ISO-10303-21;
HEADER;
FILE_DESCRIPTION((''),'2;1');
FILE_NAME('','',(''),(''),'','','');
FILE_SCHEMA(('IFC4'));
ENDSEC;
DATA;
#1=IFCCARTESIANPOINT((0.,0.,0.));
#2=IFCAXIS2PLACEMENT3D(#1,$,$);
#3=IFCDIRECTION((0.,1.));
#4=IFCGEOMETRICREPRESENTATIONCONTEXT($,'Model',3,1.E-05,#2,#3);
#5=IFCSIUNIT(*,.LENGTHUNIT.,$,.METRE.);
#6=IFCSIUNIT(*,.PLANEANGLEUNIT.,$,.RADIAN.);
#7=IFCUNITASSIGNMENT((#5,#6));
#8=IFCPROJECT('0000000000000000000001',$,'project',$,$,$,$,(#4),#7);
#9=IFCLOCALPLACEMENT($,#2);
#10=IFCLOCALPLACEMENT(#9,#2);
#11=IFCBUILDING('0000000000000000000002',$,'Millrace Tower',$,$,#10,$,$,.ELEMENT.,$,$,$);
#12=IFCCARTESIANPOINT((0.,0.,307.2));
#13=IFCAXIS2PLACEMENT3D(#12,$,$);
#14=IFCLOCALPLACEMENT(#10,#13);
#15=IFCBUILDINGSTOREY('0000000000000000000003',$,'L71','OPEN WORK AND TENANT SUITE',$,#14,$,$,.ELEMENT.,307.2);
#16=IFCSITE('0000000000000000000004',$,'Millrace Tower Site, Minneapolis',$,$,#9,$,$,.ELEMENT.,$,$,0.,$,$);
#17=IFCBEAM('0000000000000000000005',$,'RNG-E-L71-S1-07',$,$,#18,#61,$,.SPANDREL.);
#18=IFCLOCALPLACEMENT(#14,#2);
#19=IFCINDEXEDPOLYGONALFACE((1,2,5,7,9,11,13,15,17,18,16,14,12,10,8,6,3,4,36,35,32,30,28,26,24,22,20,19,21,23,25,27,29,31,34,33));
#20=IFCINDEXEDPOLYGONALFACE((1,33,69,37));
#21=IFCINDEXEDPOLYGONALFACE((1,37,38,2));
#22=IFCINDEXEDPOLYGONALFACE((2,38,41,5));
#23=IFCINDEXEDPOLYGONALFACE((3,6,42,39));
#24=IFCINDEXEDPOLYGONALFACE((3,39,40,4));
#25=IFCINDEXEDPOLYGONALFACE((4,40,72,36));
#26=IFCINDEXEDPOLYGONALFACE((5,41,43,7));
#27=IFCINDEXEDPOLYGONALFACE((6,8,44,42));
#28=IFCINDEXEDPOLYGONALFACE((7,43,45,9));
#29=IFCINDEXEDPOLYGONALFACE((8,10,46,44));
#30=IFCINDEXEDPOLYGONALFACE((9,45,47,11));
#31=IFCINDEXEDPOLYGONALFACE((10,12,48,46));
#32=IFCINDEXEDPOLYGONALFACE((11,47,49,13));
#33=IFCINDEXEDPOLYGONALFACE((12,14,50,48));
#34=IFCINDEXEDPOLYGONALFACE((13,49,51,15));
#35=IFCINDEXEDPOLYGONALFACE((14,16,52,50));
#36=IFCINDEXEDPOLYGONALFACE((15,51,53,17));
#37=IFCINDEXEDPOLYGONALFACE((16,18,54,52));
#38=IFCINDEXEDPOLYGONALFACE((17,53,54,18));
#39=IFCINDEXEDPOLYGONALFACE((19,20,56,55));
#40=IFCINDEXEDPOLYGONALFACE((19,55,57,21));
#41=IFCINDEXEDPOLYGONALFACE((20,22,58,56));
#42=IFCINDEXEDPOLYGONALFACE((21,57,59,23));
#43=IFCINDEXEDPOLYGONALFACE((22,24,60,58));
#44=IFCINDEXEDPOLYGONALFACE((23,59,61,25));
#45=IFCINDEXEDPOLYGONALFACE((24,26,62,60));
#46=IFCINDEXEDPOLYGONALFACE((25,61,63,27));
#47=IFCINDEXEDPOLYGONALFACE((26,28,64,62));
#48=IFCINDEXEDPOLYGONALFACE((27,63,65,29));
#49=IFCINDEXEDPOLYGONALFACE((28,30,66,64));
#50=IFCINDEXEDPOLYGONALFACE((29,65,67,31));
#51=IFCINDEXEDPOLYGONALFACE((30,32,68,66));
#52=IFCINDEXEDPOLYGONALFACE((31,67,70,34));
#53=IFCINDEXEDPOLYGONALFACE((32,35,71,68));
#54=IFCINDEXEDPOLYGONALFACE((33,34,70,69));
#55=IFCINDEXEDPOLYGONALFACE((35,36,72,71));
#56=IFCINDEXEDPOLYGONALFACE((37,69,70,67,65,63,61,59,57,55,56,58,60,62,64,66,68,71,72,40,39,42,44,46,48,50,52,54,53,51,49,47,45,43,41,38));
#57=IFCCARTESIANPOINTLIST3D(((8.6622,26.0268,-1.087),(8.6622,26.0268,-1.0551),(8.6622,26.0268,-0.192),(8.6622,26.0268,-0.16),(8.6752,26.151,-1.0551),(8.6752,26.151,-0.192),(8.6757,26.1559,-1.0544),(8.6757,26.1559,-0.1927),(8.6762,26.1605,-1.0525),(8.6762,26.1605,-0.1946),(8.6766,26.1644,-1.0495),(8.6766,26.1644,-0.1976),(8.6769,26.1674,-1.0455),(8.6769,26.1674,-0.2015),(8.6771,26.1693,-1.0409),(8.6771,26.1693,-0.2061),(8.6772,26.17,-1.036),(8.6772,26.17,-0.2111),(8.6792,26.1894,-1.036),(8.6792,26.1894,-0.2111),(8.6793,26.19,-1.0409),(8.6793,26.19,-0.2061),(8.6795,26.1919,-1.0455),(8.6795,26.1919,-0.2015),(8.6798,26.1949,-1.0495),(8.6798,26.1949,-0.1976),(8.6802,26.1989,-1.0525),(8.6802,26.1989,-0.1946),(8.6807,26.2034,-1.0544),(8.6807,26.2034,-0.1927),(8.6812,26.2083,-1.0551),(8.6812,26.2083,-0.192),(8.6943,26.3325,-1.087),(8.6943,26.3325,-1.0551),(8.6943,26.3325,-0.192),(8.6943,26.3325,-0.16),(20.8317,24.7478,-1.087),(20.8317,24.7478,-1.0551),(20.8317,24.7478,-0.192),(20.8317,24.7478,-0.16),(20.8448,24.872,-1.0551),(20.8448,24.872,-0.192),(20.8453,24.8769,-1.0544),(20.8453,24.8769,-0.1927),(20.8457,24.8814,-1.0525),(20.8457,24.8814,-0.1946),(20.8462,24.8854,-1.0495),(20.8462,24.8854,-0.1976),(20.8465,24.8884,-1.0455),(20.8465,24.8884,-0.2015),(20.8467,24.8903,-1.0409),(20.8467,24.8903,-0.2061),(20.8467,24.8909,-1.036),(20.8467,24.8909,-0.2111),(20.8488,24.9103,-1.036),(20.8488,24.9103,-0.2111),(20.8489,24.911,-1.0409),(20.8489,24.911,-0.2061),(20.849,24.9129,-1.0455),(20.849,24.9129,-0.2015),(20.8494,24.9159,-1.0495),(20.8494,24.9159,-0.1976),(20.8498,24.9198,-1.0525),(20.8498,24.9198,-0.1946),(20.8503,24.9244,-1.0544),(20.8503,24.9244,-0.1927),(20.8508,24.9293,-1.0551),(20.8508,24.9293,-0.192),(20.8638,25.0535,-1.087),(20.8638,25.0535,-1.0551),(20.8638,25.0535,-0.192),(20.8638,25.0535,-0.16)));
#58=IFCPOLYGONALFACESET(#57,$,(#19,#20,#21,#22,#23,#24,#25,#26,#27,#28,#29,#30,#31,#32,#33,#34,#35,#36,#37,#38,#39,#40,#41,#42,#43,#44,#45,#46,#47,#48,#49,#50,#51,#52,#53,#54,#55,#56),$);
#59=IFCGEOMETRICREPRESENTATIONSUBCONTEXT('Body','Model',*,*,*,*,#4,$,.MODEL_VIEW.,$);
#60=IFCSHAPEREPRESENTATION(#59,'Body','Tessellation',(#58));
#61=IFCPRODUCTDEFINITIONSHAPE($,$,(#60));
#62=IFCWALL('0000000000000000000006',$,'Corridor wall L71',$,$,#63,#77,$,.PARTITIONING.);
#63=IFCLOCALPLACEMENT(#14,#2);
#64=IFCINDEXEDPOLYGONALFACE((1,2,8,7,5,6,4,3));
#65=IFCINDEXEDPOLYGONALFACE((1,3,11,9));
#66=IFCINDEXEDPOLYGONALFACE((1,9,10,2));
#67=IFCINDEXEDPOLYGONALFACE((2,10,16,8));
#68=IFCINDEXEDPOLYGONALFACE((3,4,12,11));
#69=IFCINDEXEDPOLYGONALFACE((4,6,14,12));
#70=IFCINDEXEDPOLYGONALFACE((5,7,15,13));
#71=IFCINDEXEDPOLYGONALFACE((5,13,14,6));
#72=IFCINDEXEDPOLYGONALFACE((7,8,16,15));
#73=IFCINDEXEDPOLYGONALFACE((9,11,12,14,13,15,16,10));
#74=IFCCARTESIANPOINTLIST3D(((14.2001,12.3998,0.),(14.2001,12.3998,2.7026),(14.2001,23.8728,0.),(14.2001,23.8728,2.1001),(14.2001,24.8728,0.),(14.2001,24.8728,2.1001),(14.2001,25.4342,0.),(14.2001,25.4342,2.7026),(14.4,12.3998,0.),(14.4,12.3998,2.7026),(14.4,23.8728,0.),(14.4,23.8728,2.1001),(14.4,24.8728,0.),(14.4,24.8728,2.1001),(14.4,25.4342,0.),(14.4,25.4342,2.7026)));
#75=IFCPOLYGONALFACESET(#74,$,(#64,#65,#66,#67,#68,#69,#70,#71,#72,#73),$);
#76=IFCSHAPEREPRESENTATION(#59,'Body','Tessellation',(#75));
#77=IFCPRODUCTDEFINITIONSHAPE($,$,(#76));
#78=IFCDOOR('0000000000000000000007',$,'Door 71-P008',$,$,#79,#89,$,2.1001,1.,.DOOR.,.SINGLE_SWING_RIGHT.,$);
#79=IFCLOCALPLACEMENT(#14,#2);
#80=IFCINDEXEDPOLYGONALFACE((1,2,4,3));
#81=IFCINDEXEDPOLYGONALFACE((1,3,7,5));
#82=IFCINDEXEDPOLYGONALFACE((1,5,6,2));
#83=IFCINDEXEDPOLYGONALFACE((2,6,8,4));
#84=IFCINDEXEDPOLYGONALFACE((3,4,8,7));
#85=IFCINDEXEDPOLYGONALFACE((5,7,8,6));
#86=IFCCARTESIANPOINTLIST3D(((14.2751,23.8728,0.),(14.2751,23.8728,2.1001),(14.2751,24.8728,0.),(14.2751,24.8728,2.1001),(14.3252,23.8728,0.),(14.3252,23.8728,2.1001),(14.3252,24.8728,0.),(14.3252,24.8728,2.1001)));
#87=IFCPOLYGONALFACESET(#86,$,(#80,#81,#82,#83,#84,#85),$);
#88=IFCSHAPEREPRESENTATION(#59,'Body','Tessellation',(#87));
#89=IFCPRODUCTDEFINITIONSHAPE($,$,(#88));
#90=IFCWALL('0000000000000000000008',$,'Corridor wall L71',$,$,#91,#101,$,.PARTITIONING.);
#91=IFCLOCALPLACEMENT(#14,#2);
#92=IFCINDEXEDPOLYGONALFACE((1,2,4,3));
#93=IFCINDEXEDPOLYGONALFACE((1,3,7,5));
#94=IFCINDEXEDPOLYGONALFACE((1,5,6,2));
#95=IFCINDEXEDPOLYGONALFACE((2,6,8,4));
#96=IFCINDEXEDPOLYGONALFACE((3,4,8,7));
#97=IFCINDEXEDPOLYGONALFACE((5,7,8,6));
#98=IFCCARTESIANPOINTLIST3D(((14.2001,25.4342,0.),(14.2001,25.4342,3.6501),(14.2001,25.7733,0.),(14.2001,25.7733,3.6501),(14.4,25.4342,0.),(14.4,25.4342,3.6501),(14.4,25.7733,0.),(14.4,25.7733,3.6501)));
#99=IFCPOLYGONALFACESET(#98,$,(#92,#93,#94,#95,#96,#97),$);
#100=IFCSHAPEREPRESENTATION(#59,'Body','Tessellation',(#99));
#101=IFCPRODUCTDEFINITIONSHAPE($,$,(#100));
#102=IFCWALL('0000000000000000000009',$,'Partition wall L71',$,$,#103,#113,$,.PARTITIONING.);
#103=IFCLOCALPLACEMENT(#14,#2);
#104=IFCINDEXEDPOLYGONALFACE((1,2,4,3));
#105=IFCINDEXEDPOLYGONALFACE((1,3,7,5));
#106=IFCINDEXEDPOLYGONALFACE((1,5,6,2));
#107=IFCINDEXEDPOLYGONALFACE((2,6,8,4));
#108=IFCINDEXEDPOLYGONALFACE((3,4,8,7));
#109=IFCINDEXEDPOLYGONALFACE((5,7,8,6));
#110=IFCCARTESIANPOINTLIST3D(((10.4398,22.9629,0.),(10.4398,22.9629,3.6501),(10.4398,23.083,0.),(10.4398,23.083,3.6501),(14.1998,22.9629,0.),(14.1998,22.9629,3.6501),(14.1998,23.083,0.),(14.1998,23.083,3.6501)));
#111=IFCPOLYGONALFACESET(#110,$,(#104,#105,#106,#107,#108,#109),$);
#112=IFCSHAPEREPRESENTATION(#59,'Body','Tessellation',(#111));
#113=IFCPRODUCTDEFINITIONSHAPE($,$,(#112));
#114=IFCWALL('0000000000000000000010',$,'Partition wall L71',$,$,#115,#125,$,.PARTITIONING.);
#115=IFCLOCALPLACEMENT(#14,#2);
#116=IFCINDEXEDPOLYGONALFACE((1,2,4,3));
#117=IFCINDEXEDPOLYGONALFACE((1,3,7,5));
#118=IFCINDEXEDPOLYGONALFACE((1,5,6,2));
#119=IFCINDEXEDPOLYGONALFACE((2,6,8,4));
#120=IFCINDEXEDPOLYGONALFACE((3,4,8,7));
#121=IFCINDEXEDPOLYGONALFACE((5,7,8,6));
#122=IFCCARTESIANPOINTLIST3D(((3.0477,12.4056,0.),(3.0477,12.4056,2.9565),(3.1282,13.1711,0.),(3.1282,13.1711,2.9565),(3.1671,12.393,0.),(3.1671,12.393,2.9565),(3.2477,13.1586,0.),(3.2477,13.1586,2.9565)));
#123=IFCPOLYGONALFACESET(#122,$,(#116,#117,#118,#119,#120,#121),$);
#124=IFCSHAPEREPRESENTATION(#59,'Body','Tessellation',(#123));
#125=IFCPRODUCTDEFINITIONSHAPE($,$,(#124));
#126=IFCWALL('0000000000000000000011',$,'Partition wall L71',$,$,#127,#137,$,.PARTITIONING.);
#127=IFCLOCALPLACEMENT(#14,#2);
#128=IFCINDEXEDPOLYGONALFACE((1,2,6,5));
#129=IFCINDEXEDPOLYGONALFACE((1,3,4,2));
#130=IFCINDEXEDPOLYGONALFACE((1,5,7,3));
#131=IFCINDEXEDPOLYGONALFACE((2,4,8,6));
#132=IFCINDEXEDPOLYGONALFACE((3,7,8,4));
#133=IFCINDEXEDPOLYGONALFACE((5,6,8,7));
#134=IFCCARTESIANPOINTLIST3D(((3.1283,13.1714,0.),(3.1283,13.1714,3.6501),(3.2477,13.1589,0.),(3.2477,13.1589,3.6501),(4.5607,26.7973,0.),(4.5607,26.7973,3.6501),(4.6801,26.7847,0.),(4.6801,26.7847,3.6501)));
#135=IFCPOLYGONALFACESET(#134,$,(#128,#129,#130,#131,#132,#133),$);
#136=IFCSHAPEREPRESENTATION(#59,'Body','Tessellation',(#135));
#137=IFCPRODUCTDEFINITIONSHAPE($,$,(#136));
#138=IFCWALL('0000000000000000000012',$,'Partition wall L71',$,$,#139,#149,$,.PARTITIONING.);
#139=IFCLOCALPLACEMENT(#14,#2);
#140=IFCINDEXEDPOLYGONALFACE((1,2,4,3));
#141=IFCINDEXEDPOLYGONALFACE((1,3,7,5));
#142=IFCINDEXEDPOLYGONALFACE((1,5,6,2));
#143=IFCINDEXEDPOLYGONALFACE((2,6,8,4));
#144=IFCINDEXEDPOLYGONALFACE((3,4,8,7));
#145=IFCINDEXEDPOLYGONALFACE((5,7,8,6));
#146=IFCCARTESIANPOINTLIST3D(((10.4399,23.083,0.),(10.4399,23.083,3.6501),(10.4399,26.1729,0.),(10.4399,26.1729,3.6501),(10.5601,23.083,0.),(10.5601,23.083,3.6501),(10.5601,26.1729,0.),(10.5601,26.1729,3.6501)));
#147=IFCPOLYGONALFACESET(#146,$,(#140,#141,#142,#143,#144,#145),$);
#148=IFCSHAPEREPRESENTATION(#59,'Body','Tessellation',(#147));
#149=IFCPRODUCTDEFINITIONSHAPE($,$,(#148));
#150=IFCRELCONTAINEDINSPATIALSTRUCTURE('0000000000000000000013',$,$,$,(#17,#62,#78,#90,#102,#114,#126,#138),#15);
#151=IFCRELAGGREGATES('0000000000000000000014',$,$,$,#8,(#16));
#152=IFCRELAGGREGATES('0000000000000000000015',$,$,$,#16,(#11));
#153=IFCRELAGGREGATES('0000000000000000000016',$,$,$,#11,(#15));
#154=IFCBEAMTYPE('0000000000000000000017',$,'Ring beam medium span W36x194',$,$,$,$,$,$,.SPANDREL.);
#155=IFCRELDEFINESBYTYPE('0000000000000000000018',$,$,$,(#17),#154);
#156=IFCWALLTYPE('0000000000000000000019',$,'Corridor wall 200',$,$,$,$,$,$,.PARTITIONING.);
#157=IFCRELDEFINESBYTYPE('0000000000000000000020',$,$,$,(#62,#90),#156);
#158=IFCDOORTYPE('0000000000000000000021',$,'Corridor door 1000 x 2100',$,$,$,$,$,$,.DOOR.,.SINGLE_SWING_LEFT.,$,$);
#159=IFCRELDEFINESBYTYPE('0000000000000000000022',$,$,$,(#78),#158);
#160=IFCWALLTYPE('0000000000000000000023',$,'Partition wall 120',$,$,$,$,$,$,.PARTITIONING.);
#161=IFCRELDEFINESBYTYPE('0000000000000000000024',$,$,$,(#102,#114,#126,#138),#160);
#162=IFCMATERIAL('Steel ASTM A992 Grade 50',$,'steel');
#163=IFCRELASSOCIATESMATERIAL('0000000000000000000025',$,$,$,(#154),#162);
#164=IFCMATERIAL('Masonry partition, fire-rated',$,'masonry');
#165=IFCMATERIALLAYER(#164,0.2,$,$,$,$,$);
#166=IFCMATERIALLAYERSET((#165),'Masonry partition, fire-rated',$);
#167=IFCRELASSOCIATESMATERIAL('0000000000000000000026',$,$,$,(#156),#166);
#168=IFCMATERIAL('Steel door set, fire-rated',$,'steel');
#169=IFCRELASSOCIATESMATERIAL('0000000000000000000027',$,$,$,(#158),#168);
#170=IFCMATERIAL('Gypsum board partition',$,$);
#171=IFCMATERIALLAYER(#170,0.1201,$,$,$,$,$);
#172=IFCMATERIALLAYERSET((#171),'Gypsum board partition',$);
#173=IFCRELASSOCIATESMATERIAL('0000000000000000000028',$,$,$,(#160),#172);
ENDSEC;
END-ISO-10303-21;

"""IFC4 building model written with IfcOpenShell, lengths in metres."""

from ifc_helpers import new_model, si_unit, direction, frame, frame_2d, origin, origin_2d, place, context, subcontext, project, spatial, rectangle, i_section, extrude, material, layer, layer_set, material_profile, profile_set, type_object, element, fill, save


model = new_model("IFC4")

# Units and contexts
model_context = context("Model", 3, precision=1e-05, world=origin(), true_north=direction((0.0, 1.0)))
body_context = subcontext(model_context, "Body", "Model", "MODEL_VIEW")
ifc_project = project(units=[si_unit("LENGTHUNIT", "METRE"), si_unit("PLANEANGLEUNIT", "RADIAN")], contexts=[model_context])

# Site, building, storey
site_placement = place(None, origin())
site = spatial("IfcSite", under=ifc_project, at=site_placement, Name="Millrace Tower Site, Minneapolis", CompositionType="ELEMENT", RefElevation=0.0)
building_placement = place(site_placement, origin())
building = spatial("IfcBuilding", under=site, at=building_placement, Name="Millrace Tower", CompositionType="ELEMENT")
storey_placement = place(building_placement, frame((0.0, 0.0, 307.2)))
storey = spatial("IfcBuildingStorey", under=building, at=storey_placement, Name="L71", Description="OPEN WORK AND TENANT SUITE", CompositionType="ELEMENT", Elevation=307.2)

# Beam
ifc_material_1 = material(Name="Steel ASTM A992 Grade 50", Category="steel")
ifc_material_profile_1 = material_profile(ifc_material_1, i_section(OverallWidth=0.3074, OverallDepth=0.927, WebThickness=0.0195, FlangeThickness=0.032, FilletRadius=0.019, at=origin_2d()))
ifc_profile_set_1 = profile_set([ifc_material_profile_1], Name="Steel ASTM A992 Grade 50")
beam_type_1 = type_object("IfcBeamType", Name="Ring beam medium span W36x194", PredefinedType="SPANDREL", material=ifc_profile_set_1)
beam_1_placement = place(storey_placement, frame((8.6782, 26.1797, -0.6235), z_axis=(0.994522, -0.104528, 0.0), x_axis=(0.104528, 0.994522, 0.0)))
element("IfcBeam", 1, at=beam_1_placement, inside=storey, type_object=beam_type_1, Name="RNG-E-L71-S1-07", PredefinedType="SPANDREL", context=body_context, shape_type="SweptSolid", body=[
    extrude(i_section(OverallWidth=0.3074, OverallDepth=0.927, WebThickness=0.0195, FlangeThickness=0.032, FilletRadius=0.019, at=origin_2d()), origin(), (0.0, 0.0, 1.0), 12.2366),
])

# Wall, opening, door
ifc_material_2 = material(Name="Masonry partition, fire-rated", Category="masonry")
ifc_layer_1 = layer(ifc_material_2, 0.2)
ifc_layer_set_1 = layer_set([ifc_layer_1], Name="Masonry partition, fire-rated")
wall_type_1 = type_object("IfcWallType", Name="Corridor wall 200", PredefinedType="PARTITIONING", material=ifc_layer_set_1)
wall_1_placement = place(storey_placement, frame((14.3, 12.3999, 0.0), z_axis=(0.0, 0.0, 1.0), x_axis=(0.0, 1.0, 0.0)))
wall_1 = element("IfcWall", 2, at=wall_1_placement, inside=storey, type_object=wall_type_1, Name="Corridor wall L71", PredefinedType="PARTITIONING", context=body_context, shape_type="SweptSolid", body=[
    extrude(rectangle(XDim=13.0344, YDim=0.2, at=frame_2d((6.5171, 0.0))), origin(), (0.0, 0.0, 1.0), 2.7026),
])
opening_placement = place(wall_1_placement, frame((11.4729, 0.0, 0.0)))
opening = element("IfcOpeningElement", 3, at=opening_placement, cuts=wall_1, PredefinedType="OPENING", context=body_context, shape_type="SweptSolid", body=[
    extrude(rectangle(XDim=1.0, YDim=2.1001, at=frame_2d((0.5, 1.05))), frame((0.0, 0.1099, 0.0), z_axis=(0.0, -1.0, 0.0), x_axis=(1.0, 0.0, 0.0)), (0.0, 0.0, 1.0), 0.22),
])
ifc_material_3 = material(Name="Steel door set, fire-rated", Category="steel")
door_type = type_object("IfcDoorType", Name="Corridor door 1000 x 2100", OperationType="SINGLE_SWING_LEFT", PredefinedType="DOOR", material=ifc_material_3)
door_placement = place(opening_placement, origin())
door = element("IfcDoor", 4, at=door_placement, inside=storey, type_object=door_type, Name="Door 71-P008", OperationType="SINGLE_SWING_RIGHT", OverallHeight=2.1001, OverallWidth=1.0, PredefinedType="DOOR", context=body_context, shape_type="SweptSolid", body=[
    extrude(rectangle(XDim=1.0, YDim=2.1001, at=frame_2d((0.5, 1.05))), frame((0.0, 0.0249, 0.0), z_axis=(0.0, -1.0, 0.0), x_axis=(1.0, 0.0, 0.0)), (0.0, 0.0, 1.0), 0.05),
])
fill(opening, door)

# Walls
wall_2_placement = place(storey_placement, frame((14.3, 25.4343, 0.0), z_axis=(0.0, 0.0, 1.0), x_axis=(0.0, 1.0, 0.0)))
element("IfcWall", 5, at=wall_2_placement, inside=storey, type_object=wall_type_1, Name="Corridor wall L71", PredefinedType="PARTITIONING", context=body_context, shape_type="SweptSolid", body=[
    extrude(rectangle(XDim=0.3391, YDim=0.2, at=frame_2d((0.1694, 0.0))), origin(), (0.0, 0.0, 1.0), 3.6501),
])
ifc_material_4 = material(Name="Gypsum board partition")
ifc_layer_2 = layer(ifc_material_4, 0.1201)
ifc_layer_set_2 = layer_set([ifc_layer_2], Name="Gypsum board partition")
wall_type_2 = type_object("IfcWallType", Name="Partition wall 120", PredefinedType="PARTITIONING", material=ifc_layer_set_2)
wall_3_placement = place(storey_placement, frame((10.4399, 23.0229, 0.0), z_axis=(0.0, 0.0, 1.0), x_axis=(1.0, 0.0, 0.0)))
element("IfcWall", 6, at=wall_3_placement, inside=storey, type_object=wall_type_2, Name="Partition wall L71", PredefinedType="PARTITIONING", context=body_context, shape_type="SweptSolid", body=[
    extrude(rectangle(XDim=3.76, YDim=0.1201, at=frame_2d((1.8799, 0.0))), origin(), (0.0, 0.0, 1.0), 3.6501),
])
wall_4_placement = place(storey_placement, frame((3.1074, 12.3994, 0.0), z_axis=(0.0, 0.0, 1.0), x_axis=(0.104652, 0.994509, 0.0)))
element("IfcWall", 7, at=wall_4_placement, inside=storey, type_object=wall_type_2, Name="Partition wall L71", PredefinedType="PARTITIONING", context=body_context, shape_type="SweptSolid", body=[
    extrude(rectangle(XDim=0.7698, YDim=0.1201, at=frame_2d((0.3848, 0.0))), origin(), (0.0, 0.0, 1.0), 2.9565),
])
wall_5_placement = place(storey_placement, frame((3.188, 13.165, 0.0), z_axis=(0.0, 0.0, 1.0), x_axis=(0.104547, 0.99452, 0.0)))
element("IfcWall", 8, at=wall_5_placement, inside=storey, type_object=wall_type_2, Name="Partition wall L71", PredefinedType="PARTITIONING", context=body_context, shape_type="SweptSolid", body=[
    extrude(rectangle(XDim=13.7009, YDim=0.1201, at=frame_2d((6.8506, 0.0))), origin(), (0.0, 0.0, 1.0), 3.6501),
])
wall_6_placement = place(storey_placement, frame((10.5, 23.083, 0.0), z_axis=(0.0, 0.0, 1.0), x_axis=(0.0, 1.0, 0.0)))
element("IfcWall", 9, at=wall_6_placement, inside=storey, type_object=wall_type_2, Name="Partition wall L71", PredefinedType="PARTITIONING", context=body_context, shape_type="SweptSolid", body=[
    extrude(rectangle(XDim=3.0898, YDim=0.1201, at=frame_2d((1.5449, 0.0))), origin(), (0.0, 0.0, 1.0), 3.6501),
])

save(model, "model.ifc")
